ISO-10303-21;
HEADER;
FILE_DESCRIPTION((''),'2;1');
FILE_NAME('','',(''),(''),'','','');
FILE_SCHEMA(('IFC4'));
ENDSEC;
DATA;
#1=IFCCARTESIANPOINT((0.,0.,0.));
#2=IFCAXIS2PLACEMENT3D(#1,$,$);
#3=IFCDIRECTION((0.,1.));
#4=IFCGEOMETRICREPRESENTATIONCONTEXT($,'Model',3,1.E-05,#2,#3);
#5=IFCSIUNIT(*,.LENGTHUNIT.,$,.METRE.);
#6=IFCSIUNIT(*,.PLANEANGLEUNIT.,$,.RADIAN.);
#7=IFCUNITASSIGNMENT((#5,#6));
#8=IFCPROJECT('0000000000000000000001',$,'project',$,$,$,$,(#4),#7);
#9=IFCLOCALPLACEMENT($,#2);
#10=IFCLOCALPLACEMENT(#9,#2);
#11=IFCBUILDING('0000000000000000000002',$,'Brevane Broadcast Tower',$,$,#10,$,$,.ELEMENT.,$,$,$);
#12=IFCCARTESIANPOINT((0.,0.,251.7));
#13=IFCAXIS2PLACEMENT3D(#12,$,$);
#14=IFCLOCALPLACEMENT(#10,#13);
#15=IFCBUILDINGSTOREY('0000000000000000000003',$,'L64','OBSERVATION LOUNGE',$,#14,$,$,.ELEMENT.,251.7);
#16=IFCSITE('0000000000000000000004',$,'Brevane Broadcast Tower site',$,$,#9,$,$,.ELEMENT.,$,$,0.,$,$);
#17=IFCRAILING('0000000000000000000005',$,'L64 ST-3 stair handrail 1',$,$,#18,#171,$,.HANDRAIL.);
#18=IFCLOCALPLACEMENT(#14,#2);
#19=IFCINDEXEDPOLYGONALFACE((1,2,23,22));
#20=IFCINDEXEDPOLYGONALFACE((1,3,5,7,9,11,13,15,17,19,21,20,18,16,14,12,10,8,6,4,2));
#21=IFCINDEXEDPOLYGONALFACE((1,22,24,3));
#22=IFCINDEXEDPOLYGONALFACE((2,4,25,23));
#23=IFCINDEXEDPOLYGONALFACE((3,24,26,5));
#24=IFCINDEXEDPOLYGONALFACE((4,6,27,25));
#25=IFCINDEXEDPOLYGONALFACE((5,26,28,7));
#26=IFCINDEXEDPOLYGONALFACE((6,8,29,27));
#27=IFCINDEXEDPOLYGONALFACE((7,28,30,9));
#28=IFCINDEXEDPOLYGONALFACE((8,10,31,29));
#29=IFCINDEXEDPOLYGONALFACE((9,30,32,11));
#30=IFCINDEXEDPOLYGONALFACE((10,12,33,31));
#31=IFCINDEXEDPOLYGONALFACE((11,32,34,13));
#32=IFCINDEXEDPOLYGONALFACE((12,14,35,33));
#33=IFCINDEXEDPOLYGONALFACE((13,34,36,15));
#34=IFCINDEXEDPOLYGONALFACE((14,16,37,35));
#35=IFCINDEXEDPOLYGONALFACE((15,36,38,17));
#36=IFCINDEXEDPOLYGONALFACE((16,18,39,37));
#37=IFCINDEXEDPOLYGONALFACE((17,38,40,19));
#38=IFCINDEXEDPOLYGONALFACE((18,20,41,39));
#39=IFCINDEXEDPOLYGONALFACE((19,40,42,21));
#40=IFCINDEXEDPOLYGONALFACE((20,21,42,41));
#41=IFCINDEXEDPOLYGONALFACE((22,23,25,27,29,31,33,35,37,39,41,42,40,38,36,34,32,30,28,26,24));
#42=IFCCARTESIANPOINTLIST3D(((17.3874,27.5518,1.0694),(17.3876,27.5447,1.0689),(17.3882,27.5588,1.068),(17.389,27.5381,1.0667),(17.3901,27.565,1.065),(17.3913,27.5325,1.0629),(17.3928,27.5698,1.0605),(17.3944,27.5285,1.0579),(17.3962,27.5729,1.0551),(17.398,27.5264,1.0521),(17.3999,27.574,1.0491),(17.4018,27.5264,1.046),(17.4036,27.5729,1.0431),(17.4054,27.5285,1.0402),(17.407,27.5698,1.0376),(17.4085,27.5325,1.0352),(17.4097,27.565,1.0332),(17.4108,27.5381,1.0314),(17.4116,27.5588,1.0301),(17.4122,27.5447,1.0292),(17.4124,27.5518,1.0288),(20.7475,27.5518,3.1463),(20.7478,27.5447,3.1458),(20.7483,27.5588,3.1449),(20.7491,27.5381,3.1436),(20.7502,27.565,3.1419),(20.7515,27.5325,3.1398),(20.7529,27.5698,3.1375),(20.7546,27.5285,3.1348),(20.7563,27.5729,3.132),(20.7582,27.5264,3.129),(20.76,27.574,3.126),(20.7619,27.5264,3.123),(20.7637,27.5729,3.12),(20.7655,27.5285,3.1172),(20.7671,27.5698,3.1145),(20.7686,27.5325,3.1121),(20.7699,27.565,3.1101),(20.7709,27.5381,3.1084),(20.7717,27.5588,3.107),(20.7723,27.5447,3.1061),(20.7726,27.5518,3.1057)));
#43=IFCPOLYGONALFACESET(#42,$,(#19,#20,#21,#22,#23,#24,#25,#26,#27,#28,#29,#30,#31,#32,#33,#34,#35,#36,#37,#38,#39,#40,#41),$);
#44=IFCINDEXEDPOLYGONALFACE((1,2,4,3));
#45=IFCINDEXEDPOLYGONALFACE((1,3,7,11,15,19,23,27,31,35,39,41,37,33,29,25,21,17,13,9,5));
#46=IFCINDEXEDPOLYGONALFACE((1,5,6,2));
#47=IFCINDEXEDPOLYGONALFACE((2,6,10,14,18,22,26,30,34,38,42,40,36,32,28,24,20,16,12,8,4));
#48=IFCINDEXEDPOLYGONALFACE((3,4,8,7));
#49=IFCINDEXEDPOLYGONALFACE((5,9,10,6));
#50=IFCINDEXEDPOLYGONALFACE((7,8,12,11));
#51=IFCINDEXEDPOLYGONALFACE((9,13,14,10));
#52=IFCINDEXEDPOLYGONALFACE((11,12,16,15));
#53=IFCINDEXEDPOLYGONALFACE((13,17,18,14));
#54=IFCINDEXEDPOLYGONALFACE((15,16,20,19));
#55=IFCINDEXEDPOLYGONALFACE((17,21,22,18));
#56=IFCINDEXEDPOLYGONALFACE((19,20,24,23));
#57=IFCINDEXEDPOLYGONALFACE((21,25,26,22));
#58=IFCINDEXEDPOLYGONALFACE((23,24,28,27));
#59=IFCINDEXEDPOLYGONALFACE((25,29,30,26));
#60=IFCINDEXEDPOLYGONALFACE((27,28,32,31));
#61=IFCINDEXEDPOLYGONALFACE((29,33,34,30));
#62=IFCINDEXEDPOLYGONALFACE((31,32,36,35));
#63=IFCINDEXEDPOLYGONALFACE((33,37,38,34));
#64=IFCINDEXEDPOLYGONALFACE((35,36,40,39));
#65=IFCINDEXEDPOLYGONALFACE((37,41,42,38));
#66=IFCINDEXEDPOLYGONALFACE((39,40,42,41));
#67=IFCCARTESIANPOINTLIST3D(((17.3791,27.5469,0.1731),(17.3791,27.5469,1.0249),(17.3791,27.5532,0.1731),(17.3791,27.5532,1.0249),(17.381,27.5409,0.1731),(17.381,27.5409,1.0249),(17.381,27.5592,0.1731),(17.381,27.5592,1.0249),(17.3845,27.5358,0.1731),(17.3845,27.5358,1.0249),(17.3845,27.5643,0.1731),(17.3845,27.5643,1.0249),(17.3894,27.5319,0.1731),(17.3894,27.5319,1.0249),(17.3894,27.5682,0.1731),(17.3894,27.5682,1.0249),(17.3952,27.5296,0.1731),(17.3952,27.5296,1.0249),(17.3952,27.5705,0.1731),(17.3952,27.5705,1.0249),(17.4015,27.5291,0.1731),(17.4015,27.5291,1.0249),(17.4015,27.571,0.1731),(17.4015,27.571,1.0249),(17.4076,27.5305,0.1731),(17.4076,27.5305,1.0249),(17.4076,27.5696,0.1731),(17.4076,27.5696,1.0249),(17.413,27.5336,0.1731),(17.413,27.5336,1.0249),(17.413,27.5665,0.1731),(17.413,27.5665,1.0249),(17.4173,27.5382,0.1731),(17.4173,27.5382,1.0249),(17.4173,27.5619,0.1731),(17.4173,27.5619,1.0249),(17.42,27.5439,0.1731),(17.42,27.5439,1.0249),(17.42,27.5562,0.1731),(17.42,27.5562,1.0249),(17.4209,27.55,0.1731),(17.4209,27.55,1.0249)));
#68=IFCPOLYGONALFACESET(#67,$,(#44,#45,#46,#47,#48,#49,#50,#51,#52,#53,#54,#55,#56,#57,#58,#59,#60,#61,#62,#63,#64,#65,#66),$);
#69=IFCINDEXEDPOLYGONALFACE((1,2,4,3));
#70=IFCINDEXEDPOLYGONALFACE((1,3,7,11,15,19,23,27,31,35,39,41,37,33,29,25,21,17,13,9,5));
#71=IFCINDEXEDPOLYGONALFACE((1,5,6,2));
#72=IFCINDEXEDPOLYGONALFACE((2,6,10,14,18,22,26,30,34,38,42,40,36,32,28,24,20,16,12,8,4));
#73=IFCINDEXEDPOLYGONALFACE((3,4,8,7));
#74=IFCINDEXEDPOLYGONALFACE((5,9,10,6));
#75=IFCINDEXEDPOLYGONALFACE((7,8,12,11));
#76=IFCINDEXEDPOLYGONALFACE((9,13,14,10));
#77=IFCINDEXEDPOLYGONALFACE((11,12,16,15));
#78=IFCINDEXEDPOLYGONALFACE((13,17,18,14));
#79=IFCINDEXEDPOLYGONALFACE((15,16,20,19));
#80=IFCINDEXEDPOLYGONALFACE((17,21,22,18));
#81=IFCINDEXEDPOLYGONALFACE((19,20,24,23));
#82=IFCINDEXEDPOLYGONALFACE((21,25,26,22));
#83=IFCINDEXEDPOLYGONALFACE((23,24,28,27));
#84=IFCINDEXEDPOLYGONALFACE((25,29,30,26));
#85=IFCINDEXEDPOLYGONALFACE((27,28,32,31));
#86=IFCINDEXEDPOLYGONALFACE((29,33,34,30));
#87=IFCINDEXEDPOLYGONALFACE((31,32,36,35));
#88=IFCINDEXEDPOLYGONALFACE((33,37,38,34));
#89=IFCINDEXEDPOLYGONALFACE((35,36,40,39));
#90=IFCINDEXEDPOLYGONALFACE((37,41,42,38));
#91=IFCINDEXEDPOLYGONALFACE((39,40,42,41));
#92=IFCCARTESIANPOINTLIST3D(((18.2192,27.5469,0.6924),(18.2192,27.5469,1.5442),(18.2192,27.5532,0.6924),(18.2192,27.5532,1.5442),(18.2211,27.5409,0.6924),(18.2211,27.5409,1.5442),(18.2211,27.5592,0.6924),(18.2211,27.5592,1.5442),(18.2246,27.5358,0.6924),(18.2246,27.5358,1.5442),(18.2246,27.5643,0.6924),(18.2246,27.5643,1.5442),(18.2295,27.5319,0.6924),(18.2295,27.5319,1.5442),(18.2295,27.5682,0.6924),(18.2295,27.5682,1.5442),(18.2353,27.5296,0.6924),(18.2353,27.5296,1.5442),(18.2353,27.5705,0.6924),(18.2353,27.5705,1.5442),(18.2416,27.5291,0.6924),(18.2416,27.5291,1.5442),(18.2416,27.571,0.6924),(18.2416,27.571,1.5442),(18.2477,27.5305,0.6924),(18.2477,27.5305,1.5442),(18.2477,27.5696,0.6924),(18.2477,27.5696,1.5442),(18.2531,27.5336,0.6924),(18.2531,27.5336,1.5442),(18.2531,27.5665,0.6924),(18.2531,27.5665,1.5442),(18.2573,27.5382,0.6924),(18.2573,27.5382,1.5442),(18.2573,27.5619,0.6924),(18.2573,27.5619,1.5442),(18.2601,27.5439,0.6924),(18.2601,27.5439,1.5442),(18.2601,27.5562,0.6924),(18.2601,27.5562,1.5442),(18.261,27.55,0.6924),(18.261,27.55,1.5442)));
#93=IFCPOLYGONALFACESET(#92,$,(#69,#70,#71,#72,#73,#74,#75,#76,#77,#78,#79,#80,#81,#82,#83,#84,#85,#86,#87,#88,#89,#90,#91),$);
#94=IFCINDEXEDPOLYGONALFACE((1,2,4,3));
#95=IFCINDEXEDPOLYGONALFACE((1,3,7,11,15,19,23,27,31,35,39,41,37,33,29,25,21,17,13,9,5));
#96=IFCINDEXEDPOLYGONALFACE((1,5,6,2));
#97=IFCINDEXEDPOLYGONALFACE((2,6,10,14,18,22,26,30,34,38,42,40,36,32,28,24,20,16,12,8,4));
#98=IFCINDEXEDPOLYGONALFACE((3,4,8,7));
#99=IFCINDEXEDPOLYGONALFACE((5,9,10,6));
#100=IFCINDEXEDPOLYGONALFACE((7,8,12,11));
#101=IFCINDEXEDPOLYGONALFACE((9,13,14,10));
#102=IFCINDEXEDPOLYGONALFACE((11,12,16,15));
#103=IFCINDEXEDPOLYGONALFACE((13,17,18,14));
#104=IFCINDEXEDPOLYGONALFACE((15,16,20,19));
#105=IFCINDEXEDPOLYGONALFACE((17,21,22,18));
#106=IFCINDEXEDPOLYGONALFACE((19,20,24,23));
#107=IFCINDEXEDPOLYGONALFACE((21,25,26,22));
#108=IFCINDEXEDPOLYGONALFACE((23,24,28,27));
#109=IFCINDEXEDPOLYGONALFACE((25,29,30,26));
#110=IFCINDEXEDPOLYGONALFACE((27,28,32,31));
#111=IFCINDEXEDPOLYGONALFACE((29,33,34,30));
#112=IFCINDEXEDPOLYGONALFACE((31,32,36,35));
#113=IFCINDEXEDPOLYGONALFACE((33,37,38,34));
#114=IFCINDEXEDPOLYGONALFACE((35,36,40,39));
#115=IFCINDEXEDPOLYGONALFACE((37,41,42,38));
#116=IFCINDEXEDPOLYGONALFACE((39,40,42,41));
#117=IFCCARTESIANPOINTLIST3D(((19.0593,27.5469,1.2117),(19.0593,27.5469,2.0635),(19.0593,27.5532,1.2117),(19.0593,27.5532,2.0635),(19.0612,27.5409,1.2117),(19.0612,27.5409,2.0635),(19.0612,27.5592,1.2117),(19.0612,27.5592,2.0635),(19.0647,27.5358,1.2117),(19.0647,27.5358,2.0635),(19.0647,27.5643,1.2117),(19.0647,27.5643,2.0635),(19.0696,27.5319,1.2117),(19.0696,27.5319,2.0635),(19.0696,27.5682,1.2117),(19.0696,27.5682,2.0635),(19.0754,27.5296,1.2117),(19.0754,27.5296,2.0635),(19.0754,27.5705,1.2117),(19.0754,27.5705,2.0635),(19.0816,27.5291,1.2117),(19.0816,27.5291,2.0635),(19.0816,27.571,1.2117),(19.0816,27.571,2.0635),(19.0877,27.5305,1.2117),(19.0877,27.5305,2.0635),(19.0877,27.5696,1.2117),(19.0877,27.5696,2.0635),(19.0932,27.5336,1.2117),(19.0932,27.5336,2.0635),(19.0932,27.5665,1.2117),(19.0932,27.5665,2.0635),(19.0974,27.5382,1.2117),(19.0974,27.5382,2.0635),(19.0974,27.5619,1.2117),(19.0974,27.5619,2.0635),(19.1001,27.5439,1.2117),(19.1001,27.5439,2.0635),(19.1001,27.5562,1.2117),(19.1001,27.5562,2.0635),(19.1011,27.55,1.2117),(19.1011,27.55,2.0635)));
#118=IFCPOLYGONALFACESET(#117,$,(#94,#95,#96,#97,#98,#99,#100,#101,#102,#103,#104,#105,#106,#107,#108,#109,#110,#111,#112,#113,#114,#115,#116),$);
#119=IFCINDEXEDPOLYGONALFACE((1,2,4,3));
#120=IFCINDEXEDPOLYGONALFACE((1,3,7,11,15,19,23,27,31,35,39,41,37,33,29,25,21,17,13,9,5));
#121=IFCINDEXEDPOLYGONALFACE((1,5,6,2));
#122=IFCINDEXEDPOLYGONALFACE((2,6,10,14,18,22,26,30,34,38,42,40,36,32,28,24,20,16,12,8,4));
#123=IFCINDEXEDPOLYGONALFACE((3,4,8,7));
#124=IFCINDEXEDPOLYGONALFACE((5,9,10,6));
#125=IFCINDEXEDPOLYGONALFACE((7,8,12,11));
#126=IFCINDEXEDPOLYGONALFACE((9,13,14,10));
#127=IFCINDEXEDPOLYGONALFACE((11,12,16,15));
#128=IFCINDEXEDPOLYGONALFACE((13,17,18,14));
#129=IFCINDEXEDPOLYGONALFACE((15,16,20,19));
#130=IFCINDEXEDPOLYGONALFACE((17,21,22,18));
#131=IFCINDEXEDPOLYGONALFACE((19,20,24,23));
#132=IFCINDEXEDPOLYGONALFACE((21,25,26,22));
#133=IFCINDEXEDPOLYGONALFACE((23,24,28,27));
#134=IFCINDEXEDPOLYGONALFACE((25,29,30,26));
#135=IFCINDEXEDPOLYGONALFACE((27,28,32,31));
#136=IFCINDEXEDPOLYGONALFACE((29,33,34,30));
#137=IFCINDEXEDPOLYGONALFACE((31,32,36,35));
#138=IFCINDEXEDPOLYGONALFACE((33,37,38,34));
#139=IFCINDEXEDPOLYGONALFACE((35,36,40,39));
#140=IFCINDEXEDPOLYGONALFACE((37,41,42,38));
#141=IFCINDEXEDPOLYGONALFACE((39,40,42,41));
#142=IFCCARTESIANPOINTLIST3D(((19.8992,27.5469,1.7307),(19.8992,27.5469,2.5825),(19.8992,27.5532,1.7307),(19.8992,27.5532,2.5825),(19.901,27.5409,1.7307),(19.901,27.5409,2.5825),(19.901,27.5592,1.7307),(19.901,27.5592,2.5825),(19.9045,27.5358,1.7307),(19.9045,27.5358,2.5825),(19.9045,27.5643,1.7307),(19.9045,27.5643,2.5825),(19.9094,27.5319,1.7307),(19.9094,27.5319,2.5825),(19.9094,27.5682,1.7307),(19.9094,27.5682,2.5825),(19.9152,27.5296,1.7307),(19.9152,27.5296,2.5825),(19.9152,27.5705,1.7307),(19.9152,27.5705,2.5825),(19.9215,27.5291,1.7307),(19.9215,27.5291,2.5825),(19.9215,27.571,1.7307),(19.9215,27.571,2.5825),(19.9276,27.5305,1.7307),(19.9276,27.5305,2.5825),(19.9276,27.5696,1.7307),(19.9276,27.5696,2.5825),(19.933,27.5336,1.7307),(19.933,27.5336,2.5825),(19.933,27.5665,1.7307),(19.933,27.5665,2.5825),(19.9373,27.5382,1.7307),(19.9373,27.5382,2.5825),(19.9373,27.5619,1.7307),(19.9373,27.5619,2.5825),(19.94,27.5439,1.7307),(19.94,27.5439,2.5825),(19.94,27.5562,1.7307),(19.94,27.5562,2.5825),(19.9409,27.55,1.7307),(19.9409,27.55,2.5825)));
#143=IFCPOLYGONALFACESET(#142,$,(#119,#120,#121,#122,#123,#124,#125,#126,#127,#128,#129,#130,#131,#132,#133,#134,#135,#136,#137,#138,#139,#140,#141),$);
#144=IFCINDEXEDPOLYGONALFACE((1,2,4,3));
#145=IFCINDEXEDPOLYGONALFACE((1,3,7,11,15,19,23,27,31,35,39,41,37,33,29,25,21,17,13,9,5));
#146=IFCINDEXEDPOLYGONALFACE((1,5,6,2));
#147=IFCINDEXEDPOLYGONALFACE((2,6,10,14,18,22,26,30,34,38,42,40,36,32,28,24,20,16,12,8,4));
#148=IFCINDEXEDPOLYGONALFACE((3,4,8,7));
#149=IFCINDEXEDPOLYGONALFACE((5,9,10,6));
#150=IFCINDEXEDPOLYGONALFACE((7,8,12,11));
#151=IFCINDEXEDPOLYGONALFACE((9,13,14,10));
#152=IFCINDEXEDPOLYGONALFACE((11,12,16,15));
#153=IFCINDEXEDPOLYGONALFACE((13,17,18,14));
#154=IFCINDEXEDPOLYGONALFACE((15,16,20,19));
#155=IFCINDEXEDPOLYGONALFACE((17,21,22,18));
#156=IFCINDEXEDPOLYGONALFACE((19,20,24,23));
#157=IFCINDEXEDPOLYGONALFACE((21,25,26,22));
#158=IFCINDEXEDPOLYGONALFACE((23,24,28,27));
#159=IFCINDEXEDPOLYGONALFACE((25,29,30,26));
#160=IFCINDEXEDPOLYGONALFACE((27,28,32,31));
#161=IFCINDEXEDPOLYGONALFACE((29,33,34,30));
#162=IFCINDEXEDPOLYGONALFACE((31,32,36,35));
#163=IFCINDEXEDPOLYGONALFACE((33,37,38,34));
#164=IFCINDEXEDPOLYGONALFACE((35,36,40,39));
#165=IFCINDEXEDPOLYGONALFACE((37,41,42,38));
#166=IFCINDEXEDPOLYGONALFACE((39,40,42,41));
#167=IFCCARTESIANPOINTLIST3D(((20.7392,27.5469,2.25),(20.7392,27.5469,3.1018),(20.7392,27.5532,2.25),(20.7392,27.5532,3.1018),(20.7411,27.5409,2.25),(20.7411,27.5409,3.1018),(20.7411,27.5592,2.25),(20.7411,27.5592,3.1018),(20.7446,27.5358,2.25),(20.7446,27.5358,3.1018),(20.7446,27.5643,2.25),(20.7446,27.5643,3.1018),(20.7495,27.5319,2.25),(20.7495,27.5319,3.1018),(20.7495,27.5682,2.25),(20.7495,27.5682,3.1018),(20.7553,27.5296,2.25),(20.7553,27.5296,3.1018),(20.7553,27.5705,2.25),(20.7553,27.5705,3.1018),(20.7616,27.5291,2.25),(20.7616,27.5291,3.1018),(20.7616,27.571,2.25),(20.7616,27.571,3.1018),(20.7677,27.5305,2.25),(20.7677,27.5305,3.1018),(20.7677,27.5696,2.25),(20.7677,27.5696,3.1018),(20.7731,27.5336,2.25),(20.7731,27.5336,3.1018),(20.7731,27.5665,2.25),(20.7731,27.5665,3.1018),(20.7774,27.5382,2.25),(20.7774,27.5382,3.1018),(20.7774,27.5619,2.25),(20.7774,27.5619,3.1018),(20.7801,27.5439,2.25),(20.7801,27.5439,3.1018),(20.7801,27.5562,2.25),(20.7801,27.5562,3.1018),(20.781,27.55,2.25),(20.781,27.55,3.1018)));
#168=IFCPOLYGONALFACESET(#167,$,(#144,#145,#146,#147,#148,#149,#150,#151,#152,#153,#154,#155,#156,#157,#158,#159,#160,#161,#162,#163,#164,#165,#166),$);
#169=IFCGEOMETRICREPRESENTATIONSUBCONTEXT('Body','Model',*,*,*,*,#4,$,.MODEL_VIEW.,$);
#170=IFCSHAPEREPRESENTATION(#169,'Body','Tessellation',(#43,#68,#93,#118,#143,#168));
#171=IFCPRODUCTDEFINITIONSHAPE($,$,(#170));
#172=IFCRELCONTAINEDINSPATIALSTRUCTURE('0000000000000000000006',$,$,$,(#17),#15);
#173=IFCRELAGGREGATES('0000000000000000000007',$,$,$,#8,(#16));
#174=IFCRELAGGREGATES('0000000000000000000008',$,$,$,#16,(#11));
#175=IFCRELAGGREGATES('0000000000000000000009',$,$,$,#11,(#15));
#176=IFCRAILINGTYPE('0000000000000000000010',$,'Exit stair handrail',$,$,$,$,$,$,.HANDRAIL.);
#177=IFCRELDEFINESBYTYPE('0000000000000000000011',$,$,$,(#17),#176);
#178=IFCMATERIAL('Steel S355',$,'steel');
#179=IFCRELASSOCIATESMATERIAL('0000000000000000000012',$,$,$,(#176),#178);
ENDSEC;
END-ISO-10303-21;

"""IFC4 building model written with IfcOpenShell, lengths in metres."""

from ifc_helpers import new_model, si_unit, direction, frame, origin, origin_2d, place, context, subcontext, project, spatial, circle, extrude, material, type_object, element, save


model = new_model("IFC4")

# Units and contexts
model_context = context("Model", 3, precision=1e-05, world=origin(), true_north=direction((0.0, 1.0)))
body_context = subcontext(model_context, "Body", "Model", "MODEL_VIEW")
ifc_project = project(units=[si_unit("LENGTHUNIT", "METRE"), si_unit("PLANEANGLEUNIT", "RADIAN")], contexts=[model_context])

# Site, building, storey
site_placement = place(None, origin())
site = spatial("IfcSite", under=ifc_project, at=site_placement, Name="Brevane Broadcast Tower site", CompositionType="ELEMENT", RefElevation=0.0)
building_placement = place(site_placement, origin())
building = spatial("IfcBuilding", under=site, at=building_placement, Name="Brevane Broadcast Tower", CompositionType="ELEMENT")
storey_placement = place(building_placement, frame((0.0, 0.0, 251.7)))
storey = spatial("IfcBuildingStorey", under=building, at=storey_placement, Name="L64", Description="OBSERVATION LOUNGE", CompositionType="ELEMENT", Elevation=251.7)

# Railing
ifc_material_1 = material(Name="Steel S355", Category="steel")
railing_type_1 = type_object("IfcRailingType", Name="Exit stair handrail", PredefinedType="HANDRAIL", material=ifc_material_1)
railing_1_placement = place(storey_placement, frame((17.3999, 27.55, 0.1731)))
element("IfcRailing", 1, at=railing_1_placement, inside=storey, type_object=railing_type_1, Name="L64 ST-3 stair handrail 1", PredefinedType="HANDRAIL", context=body_context, shape_type="SweptSolid", body=[
    extrude(circle(Radius=0.0239, at=origin_2d()), frame((0.0, 0.0, 0.876), z_axis=(0.850623, 0.0, 0.525776), x_axis=(0.0, 1.0, 0.0)), (0.0, 0.0, 1.0), 3.9502),
    extrude(circle(Radius=0.021, at=origin_2d()), origin(), (0.0, 0.0, 1.0), 0.8518),
    extrude(circle(Radius=0.021, at=origin_2d()), frame((0.8401, 0.0, 0.5193)), (0.0, 0.0, 1.0), 0.8518),
    extrude(circle(Radius=0.021, at=origin_2d()), frame((1.6802, 0.0, 1.0386)), (0.0, 0.0, 1.0), 0.8518),
    extrude(circle(Radius=0.021, at=origin_2d()), frame((2.52, 0.0, 1.5576)), (0.0, 0.0, 1.0), 0.8518),
    extrude(circle(Radius=0.021, at=origin_2d()), frame((3.3601, 0.0, 2.0769)), (0.0, 0.0, 1.0), 0.8518),
])

save(model, "model.ifc")
